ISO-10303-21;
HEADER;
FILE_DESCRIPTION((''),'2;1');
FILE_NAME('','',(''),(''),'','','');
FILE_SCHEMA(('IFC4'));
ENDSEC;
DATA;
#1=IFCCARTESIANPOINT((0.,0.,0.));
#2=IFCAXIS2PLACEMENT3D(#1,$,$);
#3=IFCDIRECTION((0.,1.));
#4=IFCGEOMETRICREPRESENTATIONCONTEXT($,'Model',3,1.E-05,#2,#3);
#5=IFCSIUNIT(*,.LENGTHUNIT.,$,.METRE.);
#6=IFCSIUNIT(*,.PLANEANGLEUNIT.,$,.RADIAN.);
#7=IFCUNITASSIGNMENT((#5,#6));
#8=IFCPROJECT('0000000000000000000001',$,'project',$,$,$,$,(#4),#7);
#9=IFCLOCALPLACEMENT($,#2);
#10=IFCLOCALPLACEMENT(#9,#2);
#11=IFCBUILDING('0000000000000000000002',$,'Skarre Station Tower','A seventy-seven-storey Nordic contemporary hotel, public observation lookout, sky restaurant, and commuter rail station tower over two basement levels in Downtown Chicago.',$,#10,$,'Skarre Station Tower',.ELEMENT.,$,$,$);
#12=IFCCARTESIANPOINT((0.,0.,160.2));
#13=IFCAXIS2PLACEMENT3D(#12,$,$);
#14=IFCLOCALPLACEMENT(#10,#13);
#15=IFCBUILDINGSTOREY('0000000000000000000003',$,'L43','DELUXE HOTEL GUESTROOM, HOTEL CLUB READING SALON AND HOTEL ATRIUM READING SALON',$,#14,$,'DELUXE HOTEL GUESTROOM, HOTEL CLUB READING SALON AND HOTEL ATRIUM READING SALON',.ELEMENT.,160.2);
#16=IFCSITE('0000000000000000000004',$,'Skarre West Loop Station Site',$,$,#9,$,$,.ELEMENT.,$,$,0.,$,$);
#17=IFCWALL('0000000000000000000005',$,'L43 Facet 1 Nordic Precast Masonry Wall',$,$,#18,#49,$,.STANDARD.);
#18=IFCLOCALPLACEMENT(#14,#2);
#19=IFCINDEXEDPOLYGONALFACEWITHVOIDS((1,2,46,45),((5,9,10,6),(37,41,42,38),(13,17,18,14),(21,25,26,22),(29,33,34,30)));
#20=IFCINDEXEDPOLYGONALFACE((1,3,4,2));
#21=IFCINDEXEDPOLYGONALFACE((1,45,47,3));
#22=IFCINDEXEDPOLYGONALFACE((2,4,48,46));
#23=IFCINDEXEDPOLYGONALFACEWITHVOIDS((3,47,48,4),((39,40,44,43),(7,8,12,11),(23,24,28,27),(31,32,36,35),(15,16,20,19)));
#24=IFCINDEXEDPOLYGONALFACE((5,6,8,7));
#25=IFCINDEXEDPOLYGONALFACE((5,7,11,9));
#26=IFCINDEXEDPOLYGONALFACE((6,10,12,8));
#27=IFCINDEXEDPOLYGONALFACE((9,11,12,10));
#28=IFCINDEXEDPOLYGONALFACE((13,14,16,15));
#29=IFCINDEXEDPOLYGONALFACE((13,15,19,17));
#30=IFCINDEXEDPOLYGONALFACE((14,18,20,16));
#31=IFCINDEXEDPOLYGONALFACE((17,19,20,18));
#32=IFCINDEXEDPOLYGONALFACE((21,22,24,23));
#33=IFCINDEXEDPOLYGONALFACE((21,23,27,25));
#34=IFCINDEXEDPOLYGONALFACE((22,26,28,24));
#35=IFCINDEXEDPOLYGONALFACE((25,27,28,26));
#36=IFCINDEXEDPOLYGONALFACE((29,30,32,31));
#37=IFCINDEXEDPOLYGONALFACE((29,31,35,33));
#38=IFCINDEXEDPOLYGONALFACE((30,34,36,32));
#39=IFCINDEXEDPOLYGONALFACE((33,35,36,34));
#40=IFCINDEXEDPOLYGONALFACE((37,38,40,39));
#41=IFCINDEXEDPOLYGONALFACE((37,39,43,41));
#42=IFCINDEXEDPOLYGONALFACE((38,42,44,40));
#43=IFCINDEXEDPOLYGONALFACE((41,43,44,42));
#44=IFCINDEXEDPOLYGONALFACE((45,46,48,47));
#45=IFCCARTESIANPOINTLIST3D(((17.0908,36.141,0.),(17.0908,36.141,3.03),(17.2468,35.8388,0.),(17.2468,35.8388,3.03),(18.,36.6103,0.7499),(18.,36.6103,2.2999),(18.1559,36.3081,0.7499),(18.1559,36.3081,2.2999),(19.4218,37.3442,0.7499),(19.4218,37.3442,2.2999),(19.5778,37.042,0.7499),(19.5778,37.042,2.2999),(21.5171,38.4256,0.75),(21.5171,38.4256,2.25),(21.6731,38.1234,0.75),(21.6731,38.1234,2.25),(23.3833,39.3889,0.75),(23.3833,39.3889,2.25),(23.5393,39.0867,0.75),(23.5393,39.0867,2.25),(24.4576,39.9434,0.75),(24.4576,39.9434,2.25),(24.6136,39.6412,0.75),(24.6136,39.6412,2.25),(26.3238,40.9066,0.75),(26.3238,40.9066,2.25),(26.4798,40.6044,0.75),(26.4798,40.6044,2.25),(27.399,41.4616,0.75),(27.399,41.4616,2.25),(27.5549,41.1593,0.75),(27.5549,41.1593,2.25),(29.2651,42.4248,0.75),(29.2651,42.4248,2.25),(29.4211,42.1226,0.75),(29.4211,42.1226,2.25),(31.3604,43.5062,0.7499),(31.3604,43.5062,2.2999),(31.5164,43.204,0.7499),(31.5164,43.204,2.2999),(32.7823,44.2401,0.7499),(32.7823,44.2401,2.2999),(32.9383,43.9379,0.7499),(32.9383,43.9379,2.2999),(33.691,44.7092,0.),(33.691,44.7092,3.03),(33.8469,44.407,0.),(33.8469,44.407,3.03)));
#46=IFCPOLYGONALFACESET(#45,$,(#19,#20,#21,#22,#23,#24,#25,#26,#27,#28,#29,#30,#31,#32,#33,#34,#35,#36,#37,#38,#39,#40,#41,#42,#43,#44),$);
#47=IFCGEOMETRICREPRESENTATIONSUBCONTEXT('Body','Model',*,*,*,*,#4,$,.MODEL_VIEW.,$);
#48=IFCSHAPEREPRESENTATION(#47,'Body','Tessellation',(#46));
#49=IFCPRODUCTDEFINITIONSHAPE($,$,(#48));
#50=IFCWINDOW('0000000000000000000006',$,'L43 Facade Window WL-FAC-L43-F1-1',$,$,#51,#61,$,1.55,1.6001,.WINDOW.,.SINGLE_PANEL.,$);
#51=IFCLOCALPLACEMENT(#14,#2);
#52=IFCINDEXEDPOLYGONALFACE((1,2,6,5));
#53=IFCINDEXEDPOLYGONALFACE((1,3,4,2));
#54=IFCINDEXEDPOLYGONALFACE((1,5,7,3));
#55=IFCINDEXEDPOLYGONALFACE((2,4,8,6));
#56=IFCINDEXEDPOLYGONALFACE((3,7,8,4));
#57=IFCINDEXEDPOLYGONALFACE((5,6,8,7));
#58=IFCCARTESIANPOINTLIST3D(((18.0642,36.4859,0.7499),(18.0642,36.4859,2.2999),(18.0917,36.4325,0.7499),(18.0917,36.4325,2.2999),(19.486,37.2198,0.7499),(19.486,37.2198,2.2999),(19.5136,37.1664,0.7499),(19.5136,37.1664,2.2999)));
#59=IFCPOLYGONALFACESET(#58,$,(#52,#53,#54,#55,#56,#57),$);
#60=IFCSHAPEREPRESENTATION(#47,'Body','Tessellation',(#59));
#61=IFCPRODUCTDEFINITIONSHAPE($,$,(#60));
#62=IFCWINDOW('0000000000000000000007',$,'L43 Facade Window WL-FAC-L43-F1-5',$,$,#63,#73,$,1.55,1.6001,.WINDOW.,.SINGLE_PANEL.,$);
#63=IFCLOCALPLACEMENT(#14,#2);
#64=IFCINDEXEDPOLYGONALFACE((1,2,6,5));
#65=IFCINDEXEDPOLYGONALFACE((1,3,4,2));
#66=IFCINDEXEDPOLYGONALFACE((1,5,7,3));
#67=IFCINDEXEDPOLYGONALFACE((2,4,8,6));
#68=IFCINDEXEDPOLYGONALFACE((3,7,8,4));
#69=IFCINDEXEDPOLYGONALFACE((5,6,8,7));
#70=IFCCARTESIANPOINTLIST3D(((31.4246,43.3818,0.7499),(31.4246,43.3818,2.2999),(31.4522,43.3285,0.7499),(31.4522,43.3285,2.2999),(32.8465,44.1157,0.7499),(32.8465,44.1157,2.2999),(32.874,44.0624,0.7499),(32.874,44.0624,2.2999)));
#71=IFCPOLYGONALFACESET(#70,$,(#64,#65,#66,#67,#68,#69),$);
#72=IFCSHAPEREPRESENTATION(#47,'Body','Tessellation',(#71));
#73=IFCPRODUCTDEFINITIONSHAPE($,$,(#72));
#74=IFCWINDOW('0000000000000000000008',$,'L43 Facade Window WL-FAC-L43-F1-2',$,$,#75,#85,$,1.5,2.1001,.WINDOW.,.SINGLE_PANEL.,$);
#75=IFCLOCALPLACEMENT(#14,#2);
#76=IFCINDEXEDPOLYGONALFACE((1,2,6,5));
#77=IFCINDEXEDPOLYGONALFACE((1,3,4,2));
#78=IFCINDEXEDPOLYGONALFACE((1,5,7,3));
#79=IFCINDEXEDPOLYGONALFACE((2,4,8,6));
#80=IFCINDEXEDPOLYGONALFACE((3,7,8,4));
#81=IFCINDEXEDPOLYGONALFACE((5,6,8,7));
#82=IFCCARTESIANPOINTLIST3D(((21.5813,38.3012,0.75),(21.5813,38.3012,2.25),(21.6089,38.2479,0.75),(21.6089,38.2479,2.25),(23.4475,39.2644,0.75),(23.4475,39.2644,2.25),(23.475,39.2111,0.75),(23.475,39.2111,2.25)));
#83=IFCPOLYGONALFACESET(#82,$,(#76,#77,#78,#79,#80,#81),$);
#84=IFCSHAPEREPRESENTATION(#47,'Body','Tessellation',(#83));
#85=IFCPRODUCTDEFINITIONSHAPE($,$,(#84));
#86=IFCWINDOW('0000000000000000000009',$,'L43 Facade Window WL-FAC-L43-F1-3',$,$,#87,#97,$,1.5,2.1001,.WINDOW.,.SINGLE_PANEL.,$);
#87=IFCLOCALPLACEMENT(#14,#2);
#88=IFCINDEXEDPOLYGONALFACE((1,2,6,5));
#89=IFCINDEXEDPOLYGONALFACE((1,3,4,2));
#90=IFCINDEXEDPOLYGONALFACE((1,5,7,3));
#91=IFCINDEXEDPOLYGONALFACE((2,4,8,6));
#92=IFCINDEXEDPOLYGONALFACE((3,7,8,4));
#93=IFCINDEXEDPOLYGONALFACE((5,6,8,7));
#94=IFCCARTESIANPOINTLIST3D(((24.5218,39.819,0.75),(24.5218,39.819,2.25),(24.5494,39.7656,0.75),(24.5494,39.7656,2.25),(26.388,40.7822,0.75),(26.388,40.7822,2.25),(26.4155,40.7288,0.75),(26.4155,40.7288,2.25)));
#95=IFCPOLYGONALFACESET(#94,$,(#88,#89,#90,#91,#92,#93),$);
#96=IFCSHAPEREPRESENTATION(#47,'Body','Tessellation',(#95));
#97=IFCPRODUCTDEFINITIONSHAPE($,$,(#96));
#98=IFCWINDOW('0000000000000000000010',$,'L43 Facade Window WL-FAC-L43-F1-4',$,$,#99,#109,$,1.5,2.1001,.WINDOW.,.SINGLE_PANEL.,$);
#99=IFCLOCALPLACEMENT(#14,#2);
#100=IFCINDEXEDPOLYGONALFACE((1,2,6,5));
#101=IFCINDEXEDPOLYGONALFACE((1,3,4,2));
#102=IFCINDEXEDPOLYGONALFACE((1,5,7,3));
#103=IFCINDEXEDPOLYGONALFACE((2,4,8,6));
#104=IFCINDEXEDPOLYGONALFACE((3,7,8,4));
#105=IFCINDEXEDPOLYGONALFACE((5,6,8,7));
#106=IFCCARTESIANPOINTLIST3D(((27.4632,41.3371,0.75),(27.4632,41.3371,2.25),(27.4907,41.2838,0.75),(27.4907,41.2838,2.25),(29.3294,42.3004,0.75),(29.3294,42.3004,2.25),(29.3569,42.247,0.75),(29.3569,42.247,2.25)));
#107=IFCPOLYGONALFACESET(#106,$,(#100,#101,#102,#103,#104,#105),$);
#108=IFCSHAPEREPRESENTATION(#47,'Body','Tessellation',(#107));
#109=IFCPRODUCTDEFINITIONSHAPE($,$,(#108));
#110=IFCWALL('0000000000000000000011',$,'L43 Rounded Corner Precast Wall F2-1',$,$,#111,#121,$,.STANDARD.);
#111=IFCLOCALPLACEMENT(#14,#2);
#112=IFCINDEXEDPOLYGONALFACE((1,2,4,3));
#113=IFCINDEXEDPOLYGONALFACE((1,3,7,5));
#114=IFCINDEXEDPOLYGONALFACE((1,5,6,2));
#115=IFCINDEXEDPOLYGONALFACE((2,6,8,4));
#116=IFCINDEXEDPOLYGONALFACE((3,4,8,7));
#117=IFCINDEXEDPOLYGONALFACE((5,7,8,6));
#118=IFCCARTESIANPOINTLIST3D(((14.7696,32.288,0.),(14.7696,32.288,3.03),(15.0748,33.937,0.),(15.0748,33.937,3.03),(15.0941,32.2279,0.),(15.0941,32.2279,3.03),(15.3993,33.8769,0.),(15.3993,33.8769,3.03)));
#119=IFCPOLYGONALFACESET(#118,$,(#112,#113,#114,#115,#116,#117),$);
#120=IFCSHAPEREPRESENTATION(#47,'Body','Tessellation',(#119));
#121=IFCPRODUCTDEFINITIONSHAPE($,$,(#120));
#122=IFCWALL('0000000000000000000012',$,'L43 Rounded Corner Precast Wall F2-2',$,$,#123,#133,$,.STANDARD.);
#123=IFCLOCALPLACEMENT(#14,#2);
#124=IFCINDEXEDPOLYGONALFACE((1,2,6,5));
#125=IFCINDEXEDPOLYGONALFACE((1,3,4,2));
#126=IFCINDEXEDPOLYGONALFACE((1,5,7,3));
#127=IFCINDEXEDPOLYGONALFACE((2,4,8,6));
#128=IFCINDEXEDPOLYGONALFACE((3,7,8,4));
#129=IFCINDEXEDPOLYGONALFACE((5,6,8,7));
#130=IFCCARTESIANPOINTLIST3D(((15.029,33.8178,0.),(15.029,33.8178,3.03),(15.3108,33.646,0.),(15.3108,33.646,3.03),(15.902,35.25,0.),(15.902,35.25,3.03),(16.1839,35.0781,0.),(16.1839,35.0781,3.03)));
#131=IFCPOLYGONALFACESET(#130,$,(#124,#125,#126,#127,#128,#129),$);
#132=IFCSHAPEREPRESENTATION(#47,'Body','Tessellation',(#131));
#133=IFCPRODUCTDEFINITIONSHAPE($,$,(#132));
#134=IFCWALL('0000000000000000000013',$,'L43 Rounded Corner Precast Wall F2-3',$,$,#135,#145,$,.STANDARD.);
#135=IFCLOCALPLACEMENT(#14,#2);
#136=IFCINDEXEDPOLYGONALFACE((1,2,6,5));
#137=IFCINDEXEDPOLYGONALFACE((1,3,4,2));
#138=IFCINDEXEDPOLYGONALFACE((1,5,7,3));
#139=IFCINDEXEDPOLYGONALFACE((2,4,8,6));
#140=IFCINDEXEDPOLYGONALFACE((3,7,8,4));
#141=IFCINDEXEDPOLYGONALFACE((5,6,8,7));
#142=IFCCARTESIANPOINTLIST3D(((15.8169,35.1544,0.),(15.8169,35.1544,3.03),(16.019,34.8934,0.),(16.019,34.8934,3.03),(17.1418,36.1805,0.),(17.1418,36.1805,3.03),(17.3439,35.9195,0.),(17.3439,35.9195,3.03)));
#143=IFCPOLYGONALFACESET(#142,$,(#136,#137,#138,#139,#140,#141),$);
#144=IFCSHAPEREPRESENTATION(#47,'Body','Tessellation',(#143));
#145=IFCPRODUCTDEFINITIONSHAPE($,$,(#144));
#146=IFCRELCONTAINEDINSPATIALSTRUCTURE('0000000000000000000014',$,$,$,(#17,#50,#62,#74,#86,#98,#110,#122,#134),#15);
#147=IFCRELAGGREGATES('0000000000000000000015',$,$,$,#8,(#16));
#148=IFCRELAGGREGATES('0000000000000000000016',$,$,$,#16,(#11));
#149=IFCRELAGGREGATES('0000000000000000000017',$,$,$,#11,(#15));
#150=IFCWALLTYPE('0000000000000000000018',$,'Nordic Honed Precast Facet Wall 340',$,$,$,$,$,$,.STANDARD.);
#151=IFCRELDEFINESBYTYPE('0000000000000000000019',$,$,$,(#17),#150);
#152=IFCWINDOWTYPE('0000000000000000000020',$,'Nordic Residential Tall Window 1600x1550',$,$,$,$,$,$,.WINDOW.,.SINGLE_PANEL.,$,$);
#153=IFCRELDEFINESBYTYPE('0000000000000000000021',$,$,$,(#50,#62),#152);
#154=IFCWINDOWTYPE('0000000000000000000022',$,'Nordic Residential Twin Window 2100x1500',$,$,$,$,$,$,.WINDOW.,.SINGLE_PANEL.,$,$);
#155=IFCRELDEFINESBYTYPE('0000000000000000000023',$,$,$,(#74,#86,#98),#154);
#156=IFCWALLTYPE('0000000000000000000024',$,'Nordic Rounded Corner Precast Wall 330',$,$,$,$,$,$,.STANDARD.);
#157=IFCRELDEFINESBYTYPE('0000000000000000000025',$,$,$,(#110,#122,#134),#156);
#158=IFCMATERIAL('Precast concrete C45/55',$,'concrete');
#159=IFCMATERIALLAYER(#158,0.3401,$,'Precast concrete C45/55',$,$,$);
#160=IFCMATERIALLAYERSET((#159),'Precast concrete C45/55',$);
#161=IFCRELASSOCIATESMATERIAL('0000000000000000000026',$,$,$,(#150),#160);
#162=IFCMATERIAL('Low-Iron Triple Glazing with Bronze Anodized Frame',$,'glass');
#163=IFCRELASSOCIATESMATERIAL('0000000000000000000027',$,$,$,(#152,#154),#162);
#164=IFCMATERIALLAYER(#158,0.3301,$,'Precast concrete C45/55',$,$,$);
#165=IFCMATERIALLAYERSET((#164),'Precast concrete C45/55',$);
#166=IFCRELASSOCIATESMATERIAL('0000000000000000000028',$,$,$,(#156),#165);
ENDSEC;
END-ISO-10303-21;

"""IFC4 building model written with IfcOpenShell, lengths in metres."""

from ifc_helpers import new_model, si_unit, direction, frame, frame_2d, origin, place, context, subcontext, project, spatial, rectangle, extrude, material, layer, layer_set, type_object, element, fill, save


model = new_model("IFC4")

# Units and contexts
model_context = context("Model", 3, precision=1e-05, world=origin(), true_north=direction((0.0, 1.0)))
body_context = subcontext(model_context, "Body", "Model", "MODEL_VIEW")
ifc_project = project(units=[si_unit("LENGTHUNIT", "METRE"), si_unit("PLANEANGLEUNIT", "RADIAN")], contexts=[model_context])

# Site, building, storey
site_placement = place(None, origin())
site = spatial("IfcSite", under=ifc_project, at=site_placement, Name="Skarre West Loop Station Site", CompositionType="ELEMENT", RefElevation=0.0)
building_placement = place(site_placement, origin())
building = spatial("IfcBuilding", under=site, at=building_placement, Name="Skarre Station Tower", Description="A seventy-seven-storey Nordic contemporary hotel, public observation lookout, sky restaurant, and commuter rail station tower over two basement levels in Downtown Chicago.", LongName="Skarre Station Tower", CompositionType="ELEMENT")
storey_placement = place(building_placement, frame((0.0, 0.0, 160.2)))
storey = spatial("IfcBuildingStorey", under=building, at=storey_placement, Name="L43", Description="DELUXE HOTEL GUESTROOM, HOTEL CLUB READING SALON AND HOTEL ATRIUM READING SALON", LongName="DELUXE HOTEL GUESTROOM, HOTEL CLUB READING SALON AND HOTEL ATRIUM READING SALON", CompositionType="ELEMENT", Elevation=160.2)

# Wall, openings, windows
ifc_material_1 = material(Name="Precast concrete C45/55", Category="concrete")
ifc_layer_1 = layer(ifc_material_1, 0.3401, Name="Precast concrete C45/55")
ifc_layer_set_1 = layer_set([ifc_layer_1], Name="Precast concrete C45/55")
wall_type_1 = type_object("IfcWallType", Name="Nordic Honed Precast Facet Wall 340", PredefinedType="STANDARD", material=ifc_layer_set_1)
wall_1_placement = place(storey_placement, frame((17.1689, 35.99, 0.0), z_axis=(0.0, 0.0, 1.0), x_axis=(0.888614, 0.458657, 0.0)))
wall_1 = element("IfcWall", 1, at=wall_1_placement, inside=storey, type_object=wall_type_1, Name="L43 Facet 1 Nordic Precast Masonry Wall", PredefinedType="STANDARD", context=body_context, shape_type="SweptSolid", body=[
    extrude(rectangle(XDim=18.6809, YDim=0.3401, at=frame_2d((9.3403, 0.0))), origin(), (0.0, 0.0, 1.0), 3.03),
])
opening_1_placement = place(wall_1_placement, frame((1.0229, 0.0, 0.75)))
opening_1 = element("IfcOpeningElement", 2, at=opening_1_placement, cuts=wall_1, PredefinedType="OPENING", context=body_context, shape_type="SweptSolid", body=[
    extrude(rectangle(XDim=1.6001, YDim=1.55, at=frame_2d((0.8, 0.7749))), frame((0.0, 0.1799, 0.0), z_axis=(0.0, -1.0, 0.0), x_axis=(1.0, 0.0, 0.0)), (0.0, 0.0, 1.0), 0.3601),
])
opening_2_placement = place(wall_1_placement, frame((4.981, 0.0, 0.75)))
opening_2 = element("IfcOpeningElement", 3, at=opening_2_placement, cuts=wall_1, PredefinedType="OPENING", context=body_context, shape_type="SweptSolid", body=[
    extrude(rectangle(XDim=2.1001, YDim=1.5, at=frame_2d((1.05, 0.75))), frame((0.0, 0.1799, 0.0), z_axis=(0.0, -1.0, 0.0), x_axis=(1.0, 0.0, 0.0)), (0.0, 0.0, 1.0), 0.3601),
])
opening_3_placement = place(wall_1_placement, frame((8.29, 0.0, 0.75)))
opening_3 = element("IfcOpeningElement", 4, at=opening_3_placement, cuts=wall_1, PredefinedType="OPENING", context=body_context, shape_type="SweptSolid", body=[
    extrude(rectangle(XDim=2.1001, YDim=1.5, at=frame_2d((1.05, 0.75))), frame((0.0, 0.1799, 0.0), z_axis=(0.0, -1.0, 0.0), x_axis=(1.0, 0.0, 0.0)), (0.0, 0.0, 1.0), 0.3601),
])
opening_4_placement = place(wall_1_placement, frame((11.6001, 0.0, 0.75)))
opening_4 = element("IfcOpeningElement", 5, at=opening_4_placement, cuts=wall_1, PredefinedType="OPENING", context=body_context, shape_type="SweptSolid", body=[
    extrude(rectangle(XDim=2.1001, YDim=1.5, at=frame_2d((1.05, 0.75))), frame((0.0, 0.1799, 0.0), z_axis=(0.0, -1.0, 0.0), x_axis=(1.0, 0.0, 0.0)), (0.0, 0.0, 1.0), 0.3601),
])
opening_5_placement = place(wall_1_placement, frame((16.0581, 0.0, 0.75)))
opening_5 = element("IfcOpeningElement", 6, at=opening_5_placement, cuts=wall_1, PredefinedType="OPENING", context=body_context, shape_type="SweptSolid", body=[
    extrude(rectangle(XDim=1.6001, YDim=1.55, at=frame_2d((0.8, 0.7749))), frame((0.0, 0.1799, 0.0), z_axis=(0.0, -1.0, 0.0), x_axis=(1.0, 0.0, 0.0)), (0.0, 0.0, 1.0), 0.3601),
])
ifc_material_2 = material(Name="Low-Iron Triple Glazing with Bronze Anodized Frame", Category="glass")
window_type_1 = type_object("IfcWindowType", Name="Nordic Residential Tall Window 1600x1550", PartitioningType="SINGLE_PANEL", PredefinedType="WINDOW", material=ifc_material_2)
window_1_placement = place(opening_1_placement, origin())
window_1 = element("IfcWindow", 7, at=window_1_placement, inside=storey, type_object=window_type_1, Name="L43 Facade Window WL-FAC-L43-F1-1", OverallHeight=1.55, OverallWidth=1.6001, PartitioningType="SINGLE_PANEL", PredefinedType="WINDOW", context=body_context, shape_type="SweptSolid", body=[
    extrude(rectangle(XDim=1.6001, YDim=1.55, at=frame_2d((0.8, 0.7749))), frame((0.0, 0.03, 0.0), z_axis=(0.0, -1.0, 0.0), x_axis=(1.0, 0.0, 0.0)), (0.0, 0.0, 1.0), 0.0601),
])
fill(opening_1, window_1)
window_2_placement = place(opening_5_placement, origin())
window_2 = element("IfcWindow", 8, at=window_2_placement, inside=storey, type_object=window_type_1, Name="L43 Facade Window WL-FAC-L43-F1-5", OverallHeight=1.55, OverallWidth=1.6001, PartitioningType="SINGLE_PANEL", PredefinedType="WINDOW", context=body_context, shape_type="SweptSolid", body=[
    extrude(rectangle(XDim=1.6001, YDim=1.55, at=frame_2d((0.8, 0.7749))), frame((0.0, 0.03, 0.0), z_axis=(0.0, -1.0, 0.0), x_axis=(1.0, 0.0, 0.0)), (0.0, 0.0, 1.0), 0.0601),
])
fill(opening_5, window_2)
window_type_2 = type_object("IfcWindowType", Name="Nordic Residential Twin Window 2100x1500", PartitioningType="SINGLE_PANEL", PredefinedType="WINDOW", material=ifc_material_2)
window_3_placement = place(opening_2_placement, origin())
window_3 = element("IfcWindow", 9, at=window_3_placement, inside=storey, type_object=window_type_2, Name="L43 Facade Window WL-FAC-L43-F1-2", OverallHeight=1.5, OverallWidth=2.1001, PartitioningType="SINGLE_PANEL", PredefinedType="WINDOW", context=body_context, shape_type="SweptSolid", body=[
    extrude(rectangle(XDim=2.1001, YDim=1.5, at=frame_2d((1.05, 0.75))), frame((0.0, 0.03, 0.0), z_axis=(0.0, -1.0, 0.0), x_axis=(1.0, 0.0, 0.0)), (0.0, 0.0, 1.0), 0.0601),
])
fill(opening_2, window_3)
window_4_placement = place(opening_3_placement, origin())
window_4 = element("IfcWindow", 10, at=window_4_placement, inside=storey, type_object=window_type_2, Name="L43 Facade Window WL-FAC-L43-F1-3", OverallHeight=1.5, OverallWidth=2.1001, PartitioningType="SINGLE_PANEL", PredefinedType="WINDOW", context=body_context, shape_type="SweptSolid", body=[
    extrude(rectangle(XDim=2.1001, YDim=1.5, at=frame_2d((1.05, 0.75))), frame((0.0, 0.03, 0.0), z_axis=(0.0, -1.0, 0.0), x_axis=(1.0, 0.0, 0.0)), (0.0, 0.0, 1.0), 0.0601),
])
fill(opening_3, window_4)
window_5_placement = place(opening_4_placement, origin())
window_5 = element("IfcWindow", 11, at=window_5_placement, inside=storey, type_object=window_type_2, Name="L43 Facade Window WL-FAC-L43-F1-4", OverallHeight=1.5, OverallWidth=2.1001, PartitioningType="SINGLE_PANEL", PredefinedType="WINDOW", context=body_context, shape_type="SweptSolid", body=[
    extrude(rectangle(XDim=2.1001, YDim=1.5, at=frame_2d((1.05, 0.75))), frame((0.0, 0.03, 0.0), z_axis=(0.0, -1.0, 0.0), x_axis=(1.0, 0.0, 0.0)), (0.0, 0.0, 1.0), 0.0601),
])
fill(opening_4, window_5)

# Walls
ifc_layer_2 = layer(ifc_material_1, 0.3301, Name="Precast concrete C45/55")
ifc_layer_set_2 = layer_set([ifc_layer_2], Name="Precast concrete C45/55")
wall_type_2 = type_object("IfcWallType", Name="Nordic Rounded Corner Precast Wall 330", PredefinedType="STANDARD", material=ifc_layer_set_2)
wall_2_placement = place(storey_placement, frame((14.9319, 32.2581, 0.0), z_axis=(0.0, 0.0, 1.0), x_axis=(0.181985, 0.983301, 0.0)))
element("IfcWall", 12, at=wall_2_placement, inside=storey, type_object=wall_type_2, Name="L43 Rounded Corner Precast Wall F2-1", PredefinedType="STANDARD", context=body_context, shape_type="SweptSolid", body=[
    extrude(rectangle(XDim=1.677, YDim=0.3301, at=frame_2d((0.8384, 0.0))), origin(), (0.0, 0.0, 1.0), 3.03),
])
wall_3_placement = place(storey_placement, frame((15.1699, 33.7319, 0.0), z_axis=(0.0, 0.0, 1.0), x_axis=(0.520519, 0.85385, 0.0)))
element("IfcWall", 13, at=wall_3_placement, inside=storey, type_object=wall_type_2, Name="L43 Rounded Corner Precast Wall F2-2", PredefinedType="STANDARD", context=body_context, shape_type="SweptSolid", body=[
    extrude(rectangle(XDim=1.6772, YDim=0.3301, at=frame_2d((0.8386, 0.0))), origin(), (0.0, 0.0, 1.0), 3.03),
])
wall_4_placement = place(storey_placement, frame((15.918, 35.0239, 0.0), z_axis=(0.0, 0.0, 1.0), x_axis=(0.790621, 0.612305, 0.0)))
element("IfcWall", 14, at=wall_4_placement, inside=storey, type_object=wall_type_2, Name="L43 Rounded Corner Precast Wall F2-3", PredefinedType="STANDARD", context=body_context, shape_type="SweptSolid", body=[
    extrude(rectangle(XDim=1.6758, YDim=0.3301, at=frame_2d((0.8379, 0.0))), origin(), (0.0, 0.0, 1.0), 3.03),
])

save(model, "model.ifc")
